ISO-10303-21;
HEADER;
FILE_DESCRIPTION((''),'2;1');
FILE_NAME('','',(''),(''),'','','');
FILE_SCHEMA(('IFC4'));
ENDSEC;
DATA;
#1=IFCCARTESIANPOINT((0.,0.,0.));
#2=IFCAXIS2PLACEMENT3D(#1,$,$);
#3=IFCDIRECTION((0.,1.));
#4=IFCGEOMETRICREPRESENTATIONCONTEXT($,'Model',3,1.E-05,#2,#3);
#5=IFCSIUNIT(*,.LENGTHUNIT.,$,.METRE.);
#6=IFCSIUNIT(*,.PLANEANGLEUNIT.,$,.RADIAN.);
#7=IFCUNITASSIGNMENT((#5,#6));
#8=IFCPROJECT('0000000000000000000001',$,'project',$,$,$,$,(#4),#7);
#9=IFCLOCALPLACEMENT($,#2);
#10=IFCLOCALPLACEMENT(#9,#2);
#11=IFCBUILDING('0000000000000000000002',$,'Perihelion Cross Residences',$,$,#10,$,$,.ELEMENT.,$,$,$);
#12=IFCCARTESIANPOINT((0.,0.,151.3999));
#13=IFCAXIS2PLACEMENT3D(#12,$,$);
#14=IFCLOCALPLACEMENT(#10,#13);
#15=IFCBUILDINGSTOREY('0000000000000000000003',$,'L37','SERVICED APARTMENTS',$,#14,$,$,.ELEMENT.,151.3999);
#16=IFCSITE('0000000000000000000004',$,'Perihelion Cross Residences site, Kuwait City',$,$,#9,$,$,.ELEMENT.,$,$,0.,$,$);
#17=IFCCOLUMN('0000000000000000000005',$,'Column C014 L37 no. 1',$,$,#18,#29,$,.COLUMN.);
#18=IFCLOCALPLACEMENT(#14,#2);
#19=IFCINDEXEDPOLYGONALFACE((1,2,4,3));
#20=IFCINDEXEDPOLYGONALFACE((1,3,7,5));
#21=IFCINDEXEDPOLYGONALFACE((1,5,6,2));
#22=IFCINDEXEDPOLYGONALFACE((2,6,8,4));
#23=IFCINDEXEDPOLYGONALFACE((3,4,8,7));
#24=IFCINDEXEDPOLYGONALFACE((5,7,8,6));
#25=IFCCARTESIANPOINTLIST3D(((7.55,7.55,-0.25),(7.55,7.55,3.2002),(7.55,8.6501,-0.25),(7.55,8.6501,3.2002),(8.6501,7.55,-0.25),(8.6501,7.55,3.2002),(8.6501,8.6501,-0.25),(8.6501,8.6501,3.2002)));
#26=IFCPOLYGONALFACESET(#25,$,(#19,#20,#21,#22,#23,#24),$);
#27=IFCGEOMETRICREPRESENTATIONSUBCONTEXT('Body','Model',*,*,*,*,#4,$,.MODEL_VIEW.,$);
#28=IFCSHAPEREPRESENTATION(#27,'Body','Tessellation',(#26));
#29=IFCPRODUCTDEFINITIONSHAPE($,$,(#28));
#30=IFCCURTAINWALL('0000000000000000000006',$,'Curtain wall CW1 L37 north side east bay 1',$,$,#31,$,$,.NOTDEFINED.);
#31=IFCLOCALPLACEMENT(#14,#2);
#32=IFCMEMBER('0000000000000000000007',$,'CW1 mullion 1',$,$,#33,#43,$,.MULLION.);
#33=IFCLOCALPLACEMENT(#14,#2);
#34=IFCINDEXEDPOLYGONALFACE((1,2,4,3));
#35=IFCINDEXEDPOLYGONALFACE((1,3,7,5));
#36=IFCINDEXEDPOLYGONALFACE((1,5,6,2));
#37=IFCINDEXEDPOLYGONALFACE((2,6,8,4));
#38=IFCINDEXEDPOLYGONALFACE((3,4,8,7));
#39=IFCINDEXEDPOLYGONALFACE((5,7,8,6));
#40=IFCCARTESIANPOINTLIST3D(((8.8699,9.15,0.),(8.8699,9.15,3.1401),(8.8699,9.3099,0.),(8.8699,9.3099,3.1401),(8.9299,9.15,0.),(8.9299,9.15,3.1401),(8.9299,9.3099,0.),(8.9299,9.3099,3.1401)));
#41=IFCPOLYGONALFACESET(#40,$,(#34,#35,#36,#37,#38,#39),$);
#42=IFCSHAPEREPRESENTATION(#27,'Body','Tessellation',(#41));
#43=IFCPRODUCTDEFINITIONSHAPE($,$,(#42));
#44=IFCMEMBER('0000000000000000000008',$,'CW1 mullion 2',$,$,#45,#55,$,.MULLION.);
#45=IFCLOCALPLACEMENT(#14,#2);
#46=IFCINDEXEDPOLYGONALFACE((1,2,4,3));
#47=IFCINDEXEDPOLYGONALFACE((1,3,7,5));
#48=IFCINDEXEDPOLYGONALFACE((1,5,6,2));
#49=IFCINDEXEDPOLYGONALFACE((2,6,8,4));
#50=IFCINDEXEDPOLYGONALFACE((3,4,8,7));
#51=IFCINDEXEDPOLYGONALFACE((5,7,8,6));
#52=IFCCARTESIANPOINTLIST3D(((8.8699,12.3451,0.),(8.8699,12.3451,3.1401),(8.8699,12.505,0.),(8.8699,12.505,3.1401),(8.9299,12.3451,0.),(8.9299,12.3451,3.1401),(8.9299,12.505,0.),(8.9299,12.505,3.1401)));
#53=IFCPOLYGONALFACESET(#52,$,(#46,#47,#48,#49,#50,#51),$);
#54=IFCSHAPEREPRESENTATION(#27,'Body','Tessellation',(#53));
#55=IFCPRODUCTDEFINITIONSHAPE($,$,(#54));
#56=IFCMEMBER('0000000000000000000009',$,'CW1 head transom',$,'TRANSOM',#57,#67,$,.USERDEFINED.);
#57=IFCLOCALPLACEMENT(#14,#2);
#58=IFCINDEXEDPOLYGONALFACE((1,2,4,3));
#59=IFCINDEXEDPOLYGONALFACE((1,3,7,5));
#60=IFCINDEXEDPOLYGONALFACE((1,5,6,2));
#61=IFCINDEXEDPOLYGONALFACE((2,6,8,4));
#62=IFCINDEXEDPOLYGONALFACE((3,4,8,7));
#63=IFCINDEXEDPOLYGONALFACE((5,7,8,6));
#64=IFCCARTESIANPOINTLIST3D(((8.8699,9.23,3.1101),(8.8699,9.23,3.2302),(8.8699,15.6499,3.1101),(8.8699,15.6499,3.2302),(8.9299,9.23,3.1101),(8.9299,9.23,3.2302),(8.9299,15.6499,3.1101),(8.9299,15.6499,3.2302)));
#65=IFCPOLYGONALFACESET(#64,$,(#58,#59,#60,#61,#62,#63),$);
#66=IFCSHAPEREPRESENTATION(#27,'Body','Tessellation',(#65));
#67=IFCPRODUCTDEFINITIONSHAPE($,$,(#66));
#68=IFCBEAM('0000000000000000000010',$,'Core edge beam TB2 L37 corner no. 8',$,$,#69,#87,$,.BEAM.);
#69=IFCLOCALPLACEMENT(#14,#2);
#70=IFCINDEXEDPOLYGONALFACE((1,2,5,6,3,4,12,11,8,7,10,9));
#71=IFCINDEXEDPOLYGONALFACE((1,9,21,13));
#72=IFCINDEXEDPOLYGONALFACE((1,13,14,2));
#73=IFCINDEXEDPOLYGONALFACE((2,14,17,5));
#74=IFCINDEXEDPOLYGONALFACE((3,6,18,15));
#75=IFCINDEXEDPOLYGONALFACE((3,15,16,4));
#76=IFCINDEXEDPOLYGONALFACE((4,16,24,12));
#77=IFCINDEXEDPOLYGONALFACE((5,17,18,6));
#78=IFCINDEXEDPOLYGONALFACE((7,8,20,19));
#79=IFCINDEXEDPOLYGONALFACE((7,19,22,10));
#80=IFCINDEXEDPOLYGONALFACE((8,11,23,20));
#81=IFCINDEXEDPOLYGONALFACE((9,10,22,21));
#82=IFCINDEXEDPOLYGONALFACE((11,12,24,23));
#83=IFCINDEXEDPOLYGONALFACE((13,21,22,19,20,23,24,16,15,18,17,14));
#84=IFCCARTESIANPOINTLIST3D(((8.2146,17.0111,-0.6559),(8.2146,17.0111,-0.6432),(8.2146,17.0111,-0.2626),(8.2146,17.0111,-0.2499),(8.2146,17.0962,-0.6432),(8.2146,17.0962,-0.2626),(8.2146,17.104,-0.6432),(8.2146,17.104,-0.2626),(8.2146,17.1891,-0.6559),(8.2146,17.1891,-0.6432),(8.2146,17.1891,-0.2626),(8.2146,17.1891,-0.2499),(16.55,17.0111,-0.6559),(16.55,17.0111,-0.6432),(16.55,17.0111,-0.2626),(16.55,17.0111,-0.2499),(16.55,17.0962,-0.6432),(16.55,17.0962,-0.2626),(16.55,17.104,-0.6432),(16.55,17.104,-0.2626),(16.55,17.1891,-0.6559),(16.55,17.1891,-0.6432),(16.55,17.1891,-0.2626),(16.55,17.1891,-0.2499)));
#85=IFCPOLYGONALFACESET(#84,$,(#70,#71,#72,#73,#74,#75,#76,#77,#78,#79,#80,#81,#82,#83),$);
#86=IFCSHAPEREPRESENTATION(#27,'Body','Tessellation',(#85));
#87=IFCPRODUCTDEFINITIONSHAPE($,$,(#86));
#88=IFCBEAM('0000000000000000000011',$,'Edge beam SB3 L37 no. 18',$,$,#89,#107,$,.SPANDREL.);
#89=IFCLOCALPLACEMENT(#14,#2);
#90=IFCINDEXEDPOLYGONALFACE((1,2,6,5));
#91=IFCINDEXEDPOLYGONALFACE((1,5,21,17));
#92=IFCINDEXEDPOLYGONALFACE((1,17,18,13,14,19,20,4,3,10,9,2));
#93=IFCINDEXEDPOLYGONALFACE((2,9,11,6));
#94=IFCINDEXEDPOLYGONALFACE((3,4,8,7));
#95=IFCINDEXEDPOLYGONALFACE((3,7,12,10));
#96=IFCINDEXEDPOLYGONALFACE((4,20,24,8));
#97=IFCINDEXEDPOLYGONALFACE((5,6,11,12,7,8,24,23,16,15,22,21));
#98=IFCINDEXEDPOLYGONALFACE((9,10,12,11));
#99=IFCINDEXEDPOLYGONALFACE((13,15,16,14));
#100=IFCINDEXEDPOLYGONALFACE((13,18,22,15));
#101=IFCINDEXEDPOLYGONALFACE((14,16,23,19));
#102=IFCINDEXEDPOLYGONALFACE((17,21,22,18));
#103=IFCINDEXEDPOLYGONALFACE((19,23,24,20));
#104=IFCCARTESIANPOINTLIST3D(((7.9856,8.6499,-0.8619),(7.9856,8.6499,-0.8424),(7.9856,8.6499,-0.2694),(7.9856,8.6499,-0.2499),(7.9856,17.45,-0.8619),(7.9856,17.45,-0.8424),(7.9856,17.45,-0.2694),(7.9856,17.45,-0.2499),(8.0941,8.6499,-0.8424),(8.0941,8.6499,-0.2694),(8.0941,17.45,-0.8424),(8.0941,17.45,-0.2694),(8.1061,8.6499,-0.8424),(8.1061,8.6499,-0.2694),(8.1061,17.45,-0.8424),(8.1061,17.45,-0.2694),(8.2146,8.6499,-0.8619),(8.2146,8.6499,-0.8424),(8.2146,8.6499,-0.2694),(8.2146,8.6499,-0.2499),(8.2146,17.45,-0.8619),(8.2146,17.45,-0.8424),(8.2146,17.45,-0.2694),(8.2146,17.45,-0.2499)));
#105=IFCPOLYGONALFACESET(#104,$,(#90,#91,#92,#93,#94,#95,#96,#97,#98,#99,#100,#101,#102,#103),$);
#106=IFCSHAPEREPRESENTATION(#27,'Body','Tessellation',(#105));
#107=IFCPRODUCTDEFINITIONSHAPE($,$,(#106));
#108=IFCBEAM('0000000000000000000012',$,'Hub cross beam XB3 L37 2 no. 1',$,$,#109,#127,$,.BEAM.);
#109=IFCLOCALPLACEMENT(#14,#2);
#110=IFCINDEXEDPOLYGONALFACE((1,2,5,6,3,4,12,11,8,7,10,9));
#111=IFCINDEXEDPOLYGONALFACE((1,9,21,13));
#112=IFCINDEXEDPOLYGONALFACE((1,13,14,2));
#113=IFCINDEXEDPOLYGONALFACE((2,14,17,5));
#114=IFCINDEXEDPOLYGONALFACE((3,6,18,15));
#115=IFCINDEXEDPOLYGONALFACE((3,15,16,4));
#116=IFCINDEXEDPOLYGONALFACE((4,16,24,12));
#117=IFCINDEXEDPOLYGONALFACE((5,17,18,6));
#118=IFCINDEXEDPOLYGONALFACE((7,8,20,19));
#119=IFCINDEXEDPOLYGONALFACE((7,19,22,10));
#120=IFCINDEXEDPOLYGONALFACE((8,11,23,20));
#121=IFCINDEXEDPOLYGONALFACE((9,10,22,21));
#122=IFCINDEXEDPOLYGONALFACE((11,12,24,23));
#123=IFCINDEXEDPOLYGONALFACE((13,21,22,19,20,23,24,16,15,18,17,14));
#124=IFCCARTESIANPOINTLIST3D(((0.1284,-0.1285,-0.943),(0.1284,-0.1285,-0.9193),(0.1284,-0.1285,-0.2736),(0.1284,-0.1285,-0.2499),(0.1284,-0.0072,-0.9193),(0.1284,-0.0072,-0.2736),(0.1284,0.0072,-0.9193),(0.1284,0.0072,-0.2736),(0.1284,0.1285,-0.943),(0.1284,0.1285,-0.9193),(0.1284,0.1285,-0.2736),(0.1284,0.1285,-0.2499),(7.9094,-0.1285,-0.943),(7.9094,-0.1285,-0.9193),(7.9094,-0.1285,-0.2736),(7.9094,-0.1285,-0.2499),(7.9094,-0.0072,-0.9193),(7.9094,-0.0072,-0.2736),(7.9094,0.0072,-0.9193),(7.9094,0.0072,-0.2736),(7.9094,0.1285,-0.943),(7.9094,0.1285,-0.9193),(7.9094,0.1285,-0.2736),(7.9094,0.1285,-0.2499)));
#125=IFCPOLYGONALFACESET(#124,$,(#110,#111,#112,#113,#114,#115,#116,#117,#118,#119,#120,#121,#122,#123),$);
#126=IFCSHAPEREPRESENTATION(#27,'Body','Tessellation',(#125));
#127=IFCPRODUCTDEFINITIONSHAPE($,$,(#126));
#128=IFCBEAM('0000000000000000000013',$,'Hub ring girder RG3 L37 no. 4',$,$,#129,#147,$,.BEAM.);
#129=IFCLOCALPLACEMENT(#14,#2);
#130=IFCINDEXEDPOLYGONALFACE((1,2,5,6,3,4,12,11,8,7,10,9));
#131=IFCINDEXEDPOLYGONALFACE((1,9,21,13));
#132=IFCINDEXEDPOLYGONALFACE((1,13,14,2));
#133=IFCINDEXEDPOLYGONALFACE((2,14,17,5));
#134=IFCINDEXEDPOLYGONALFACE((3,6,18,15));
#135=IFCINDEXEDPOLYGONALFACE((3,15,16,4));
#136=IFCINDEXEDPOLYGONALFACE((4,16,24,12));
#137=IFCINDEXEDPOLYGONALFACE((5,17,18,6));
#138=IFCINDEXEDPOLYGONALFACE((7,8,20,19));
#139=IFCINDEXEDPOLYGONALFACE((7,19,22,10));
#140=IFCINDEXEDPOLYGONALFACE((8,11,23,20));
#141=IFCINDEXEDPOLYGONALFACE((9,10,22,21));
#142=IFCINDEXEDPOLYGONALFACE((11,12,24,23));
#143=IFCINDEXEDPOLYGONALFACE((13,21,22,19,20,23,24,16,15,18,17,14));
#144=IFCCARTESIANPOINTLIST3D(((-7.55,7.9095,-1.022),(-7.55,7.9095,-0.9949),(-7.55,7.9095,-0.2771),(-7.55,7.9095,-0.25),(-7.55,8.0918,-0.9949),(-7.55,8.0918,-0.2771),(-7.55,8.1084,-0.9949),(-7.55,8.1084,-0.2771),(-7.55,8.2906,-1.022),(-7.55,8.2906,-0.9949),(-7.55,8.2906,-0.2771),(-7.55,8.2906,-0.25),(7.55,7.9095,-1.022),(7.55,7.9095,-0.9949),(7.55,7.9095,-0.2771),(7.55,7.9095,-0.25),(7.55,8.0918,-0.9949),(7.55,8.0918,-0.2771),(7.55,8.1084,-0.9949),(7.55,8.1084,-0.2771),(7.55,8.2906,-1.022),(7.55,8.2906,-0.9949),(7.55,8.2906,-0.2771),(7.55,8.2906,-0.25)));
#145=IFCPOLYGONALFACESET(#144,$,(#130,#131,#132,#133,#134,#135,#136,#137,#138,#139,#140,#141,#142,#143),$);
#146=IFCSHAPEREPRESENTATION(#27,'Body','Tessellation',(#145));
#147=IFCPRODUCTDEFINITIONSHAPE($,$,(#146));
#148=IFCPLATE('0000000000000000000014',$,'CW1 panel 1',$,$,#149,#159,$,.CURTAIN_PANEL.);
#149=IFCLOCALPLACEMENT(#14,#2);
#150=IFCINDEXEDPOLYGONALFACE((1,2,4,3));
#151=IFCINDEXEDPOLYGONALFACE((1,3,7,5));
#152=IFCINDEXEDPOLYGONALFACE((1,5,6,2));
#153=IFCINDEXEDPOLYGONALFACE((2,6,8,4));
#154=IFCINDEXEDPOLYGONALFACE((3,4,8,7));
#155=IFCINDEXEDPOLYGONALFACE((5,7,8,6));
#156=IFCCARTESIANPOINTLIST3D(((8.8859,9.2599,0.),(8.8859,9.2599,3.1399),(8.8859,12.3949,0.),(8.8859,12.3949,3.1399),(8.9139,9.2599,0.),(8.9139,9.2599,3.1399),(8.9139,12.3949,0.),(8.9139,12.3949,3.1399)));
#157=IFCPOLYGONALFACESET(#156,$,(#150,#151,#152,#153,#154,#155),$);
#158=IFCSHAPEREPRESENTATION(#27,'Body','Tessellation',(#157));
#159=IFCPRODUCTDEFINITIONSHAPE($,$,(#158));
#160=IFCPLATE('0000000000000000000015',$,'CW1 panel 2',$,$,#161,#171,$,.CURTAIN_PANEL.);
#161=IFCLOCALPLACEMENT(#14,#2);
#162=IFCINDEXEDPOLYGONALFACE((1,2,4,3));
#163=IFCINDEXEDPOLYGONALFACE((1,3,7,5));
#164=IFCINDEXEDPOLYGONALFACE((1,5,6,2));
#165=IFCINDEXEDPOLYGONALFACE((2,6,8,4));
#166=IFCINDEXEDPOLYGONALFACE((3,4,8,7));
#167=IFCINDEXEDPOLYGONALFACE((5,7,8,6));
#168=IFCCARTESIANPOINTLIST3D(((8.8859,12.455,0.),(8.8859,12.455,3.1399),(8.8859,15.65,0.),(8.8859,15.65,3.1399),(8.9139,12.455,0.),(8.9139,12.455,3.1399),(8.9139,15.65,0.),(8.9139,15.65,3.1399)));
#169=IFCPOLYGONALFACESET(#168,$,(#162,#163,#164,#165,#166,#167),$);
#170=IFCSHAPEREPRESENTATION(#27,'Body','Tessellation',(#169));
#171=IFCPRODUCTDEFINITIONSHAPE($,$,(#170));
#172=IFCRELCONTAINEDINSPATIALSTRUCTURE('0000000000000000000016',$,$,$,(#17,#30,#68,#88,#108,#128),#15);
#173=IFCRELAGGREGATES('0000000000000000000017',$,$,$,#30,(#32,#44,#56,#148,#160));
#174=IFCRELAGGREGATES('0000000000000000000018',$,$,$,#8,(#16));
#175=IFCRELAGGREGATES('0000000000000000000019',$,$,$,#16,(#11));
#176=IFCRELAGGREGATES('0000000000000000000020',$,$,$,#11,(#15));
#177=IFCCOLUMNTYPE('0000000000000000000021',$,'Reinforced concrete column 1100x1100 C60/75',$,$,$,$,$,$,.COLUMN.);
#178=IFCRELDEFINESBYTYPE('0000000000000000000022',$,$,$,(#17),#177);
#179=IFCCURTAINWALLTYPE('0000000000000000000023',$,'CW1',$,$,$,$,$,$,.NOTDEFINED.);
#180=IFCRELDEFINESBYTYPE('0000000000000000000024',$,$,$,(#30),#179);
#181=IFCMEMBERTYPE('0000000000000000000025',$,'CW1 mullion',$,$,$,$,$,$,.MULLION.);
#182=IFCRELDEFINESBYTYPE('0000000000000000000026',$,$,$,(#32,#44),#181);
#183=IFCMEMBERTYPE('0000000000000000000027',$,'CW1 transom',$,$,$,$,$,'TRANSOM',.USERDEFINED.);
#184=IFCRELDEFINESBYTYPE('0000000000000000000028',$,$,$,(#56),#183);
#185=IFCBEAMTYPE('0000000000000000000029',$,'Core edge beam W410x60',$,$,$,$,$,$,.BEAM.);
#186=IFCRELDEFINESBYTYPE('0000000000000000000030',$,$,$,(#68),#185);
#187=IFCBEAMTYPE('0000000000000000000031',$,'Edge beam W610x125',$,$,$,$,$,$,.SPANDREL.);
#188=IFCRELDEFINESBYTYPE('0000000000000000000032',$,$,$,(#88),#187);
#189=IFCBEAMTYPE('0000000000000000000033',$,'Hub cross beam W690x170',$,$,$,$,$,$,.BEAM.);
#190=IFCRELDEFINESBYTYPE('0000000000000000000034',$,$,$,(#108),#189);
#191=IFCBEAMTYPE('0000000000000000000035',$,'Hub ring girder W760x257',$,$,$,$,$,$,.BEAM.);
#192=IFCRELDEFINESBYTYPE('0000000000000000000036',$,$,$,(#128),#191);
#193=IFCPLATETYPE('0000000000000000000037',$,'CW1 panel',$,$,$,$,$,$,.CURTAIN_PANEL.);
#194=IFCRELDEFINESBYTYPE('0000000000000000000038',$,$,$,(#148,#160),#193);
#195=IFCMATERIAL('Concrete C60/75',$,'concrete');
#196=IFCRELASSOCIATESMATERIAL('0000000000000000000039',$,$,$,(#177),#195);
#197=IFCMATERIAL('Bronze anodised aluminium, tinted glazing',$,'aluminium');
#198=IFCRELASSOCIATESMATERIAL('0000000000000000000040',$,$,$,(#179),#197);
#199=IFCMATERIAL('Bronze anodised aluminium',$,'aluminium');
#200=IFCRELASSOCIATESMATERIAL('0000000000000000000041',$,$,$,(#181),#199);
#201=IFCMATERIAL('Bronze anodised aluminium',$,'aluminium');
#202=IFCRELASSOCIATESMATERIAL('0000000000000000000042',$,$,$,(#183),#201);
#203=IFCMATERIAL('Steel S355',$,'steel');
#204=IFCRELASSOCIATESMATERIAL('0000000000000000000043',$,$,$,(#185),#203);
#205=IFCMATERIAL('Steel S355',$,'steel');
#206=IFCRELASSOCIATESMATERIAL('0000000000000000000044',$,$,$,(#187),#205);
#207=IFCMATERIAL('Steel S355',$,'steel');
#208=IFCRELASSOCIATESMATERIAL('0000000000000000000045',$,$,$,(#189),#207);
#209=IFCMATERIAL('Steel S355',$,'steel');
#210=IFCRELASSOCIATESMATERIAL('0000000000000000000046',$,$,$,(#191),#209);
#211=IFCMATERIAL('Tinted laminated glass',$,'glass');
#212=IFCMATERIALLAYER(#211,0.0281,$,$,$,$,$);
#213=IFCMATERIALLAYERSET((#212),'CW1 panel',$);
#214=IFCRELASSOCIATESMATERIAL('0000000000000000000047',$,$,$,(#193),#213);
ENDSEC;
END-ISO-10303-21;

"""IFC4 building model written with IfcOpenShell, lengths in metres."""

from ifc_helpers import new_model, si_unit, direction, frame, origin, origin_2d, place, context, subcontext, project, spatial, rectangle, i_section, extrude, material, layer, layer_set, material_profile, profile_set, type_object, element, aggregate, save


model = new_model("IFC4")

# Units and contexts
model_context = context("Model", 3, precision=1e-05, world=origin(), true_north=direction((0.0, 1.0)))
body_context = subcontext(model_context, "Body", "Model", "MODEL_VIEW")
ifc_project = project(units=[si_unit("LENGTHUNIT", "METRE"), si_unit("PLANEANGLEUNIT", "RADIAN")], contexts=[model_context])

# Site, building, storey
site_placement = place(None, origin())
site = spatial("IfcSite", under=ifc_project, at=site_placement, Name="Perihelion Cross Residences site, Kuwait City", CompositionType="ELEMENT", RefElevation=0.0)
building_placement = place(site_placement, origin())
building = spatial("IfcBuilding", under=site, at=building_placement, Name="Perihelion Cross Residences", CompositionType="ELEMENT")
storey_placement = place(building_placement, frame((0.0, 0.0, 151.3999)))
storey = spatial("IfcBuildingStorey", under=building, at=storey_placement, Name="L37", Description="SERVICED APARTMENTS", CompositionType="ELEMENT", Elevation=151.3999)

# Column
ifc_material_1 = material(Name="Concrete C60/75", Category="concrete")
ifc_material_profile_1 = material_profile(ifc_material_1, rectangle(XDim=1.1001, YDim=1.1001, at=origin_2d()), Name="RC 1100x1100")
ifc_profile_set_1 = profile_set([ifc_material_profile_1], Name="Concrete C60/75")
column_type = type_object("IfcColumnType", Name="Reinforced concrete column 1100x1100 C60/75", PredefinedType="COLUMN", material=ifc_profile_set_1)
column_placement = place(storey_placement, frame((8.1001, 8.1001, -0.25), z_axis=(0.0, 0.0, 1.0), x_axis=(1.0, 0.0, 0.0)))
element("IfcColumn", 1, at=column_placement, inside=storey, type_object=column_type, Name="Column C014 L37 no. 1", PredefinedType="COLUMN", context=body_context, shape_type="SweptSolid", body=[
    extrude(rectangle(XDim=1.1001, YDim=1.1001, at=origin_2d()), origin(), (0.0, 0.0, 1.0), 3.4502),
])

# Curtain wall, members
ifc_material_2 = material(Name="Bronze anodised aluminium, tinted glazing", Category="aluminium")
curtain_wall_type = type_object("IfcCurtainWallType", Name="CW1", PredefinedType="NOTDEFINED", material=ifc_material_2)
curtain_wall_placement = place(storey_placement, origin())
curtain_wall = element("IfcCurtainWall", 2, at=curtain_wall_placement, inside=storey, type_object=curtain_wall_type, Name="Curtain wall CW1 L37 north side east bay 1", PredefinedType="NOTDEFINED")
ifc_material_3 = material(Name="Bronze anodised aluminium", Category="aluminium")
ifc_material_profile_2 = material_profile(ifc_material_3, rectangle(XDim=0.0601, YDim=0.1599, at=origin_2d()), Name="CW1 mullion")
ifc_profile_set_2 = profile_set([ifc_material_profile_2], Name="Bronze anodised aluminium")
member_type_1 = type_object("IfcMemberType", Name="CW1 mullion", PredefinedType="MULLION", material=ifc_profile_set_2)
member_1_placement = place(storey_placement, frame((8.8999, 9.23, 0.0), z_axis=(0.0, 0.0, 1.0), x_axis=(-1.0, 0.0, 0.0)))
member_1 = element("IfcMember", 3, at=member_1_placement, type_object=member_type_1, Name="CW1 mullion 1", PredefinedType="MULLION", context=body_context, shape_type="SweptSolid", body=[
    extrude(rectangle(XDim=0.0601, YDim=0.1599, at=origin_2d()), origin(), (0.0, 0.0, 1.0), 3.1401),
])
member_2_placement = place(storey_placement, frame((8.8999, 12.425, 0.0), z_axis=(0.0, 0.0, 1.0), x_axis=(-1.0, 0.0, 0.0)))
member_2 = element("IfcMember", 4, at=member_2_placement, type_object=member_type_1, Name="CW1 mullion 2", PredefinedType="MULLION", context=body_context, shape_type="SweptSolid", body=[
    extrude(rectangle(XDim=0.0601, YDim=0.1599, at=origin_2d()), origin(), (0.0, 0.0, 1.0), 3.1401),
])
ifc_material_4 = material(Name="Bronze anodised aluminium", Category="aluminium")
ifc_material_profile_3 = material_profile(ifc_material_4, rectangle(XDim=0.0601, YDim=0.1201, at=origin_2d()), Name="CW1 transom")
ifc_profile_set_3 = profile_set([ifc_material_profile_3], Name="Bronze anodised aluminium")
member_type_2 = type_object("IfcMemberType", Name="CW1 transom", ElementType="TRANSOM", PredefinedType="USERDEFINED", material=ifc_profile_set_3)
member_3_placement = place(storey_placement, frame((8.8999, 9.23, 3.1702), z_axis=(0.0, 1.0, 0.0), x_axis=(-1.0, 0.0, 0.0)))
member_3 = element("IfcMember", 5, at=member_3_placement, type_object=member_type_2, Name="CW1 head transom", ObjectType="TRANSOM", PredefinedType="USERDEFINED", context=body_context, shape_type="SweptSolid", body=[
    extrude(rectangle(XDim=0.0601, YDim=0.1201, at=origin_2d()), origin(), (0.0, 0.0, 1.0), 6.4199),
])

# Beams
ifc_material_5 = material(Name="Steel S355", Category="steel")
ifc_material_profile_4 = material_profile(ifc_material_5, i_section(OverallWidth=0.178, OverallDepth=0.406, WebThickness=0.0078, FlangeThickness=0.0127, at=origin_2d()), Name="W410x60")
ifc_profile_set_4 = profile_set([ifc_material_profile_4], Name="Steel S355")
beam_type_1 = type_object("IfcBeamType", Name="Core edge beam W410x60", PredefinedType="BEAM", material=ifc_profile_set_4)
beam_1_placement = place(storey_placement, frame((8.2146, 17.1001, -0.4529), z_axis=(1.0, 0.0, 0.0), x_axis=(0.0, 1.0, 0.0)))
element("IfcBeam", 6, at=beam_1_placement, inside=storey, type_object=beam_type_1, Name="Core edge beam TB2 L37 corner no. 8", PredefinedType="BEAM", context=body_context, shape_type="SweptSolid", body=[
    extrude(i_section(OverallWidth=0.178, OverallDepth=0.406, WebThickness=0.0078, FlangeThickness=0.0127, at=origin_2d()), origin(), (0.0, 0.0, 1.0), 8.3354),
])
ifc_material_6 = material(Name="Steel S355", Category="steel")
ifc_material_profile_5 = material_profile(ifc_material_6, i_section(OverallWidth=0.229, OverallDepth=0.6121, WebThickness=0.012, FlangeThickness=0.0195, at=origin_2d()), Name="W610x125")
ifc_profile_set_5 = profile_set([ifc_material_profile_5], Name="Steel S355")
beam_type_2 = type_object("IfcBeamType", Name="Edge beam W610x125", PredefinedType="SPANDREL", material=ifc_profile_set_5)
beam_2_placement = place(storey_placement, frame((8.1001, 8.6499, -0.5559), z_axis=(0.0, 1.0, 0.0), x_axis=(-1.0, 0.0, 0.0)))
element("IfcBeam", 7, at=beam_2_placement, inside=storey, type_object=beam_type_2, Name="Edge beam SB3 L37 no. 18", PredefinedType="SPANDREL", context=body_context, shape_type="SweptSolid", body=[
    extrude(i_section(OverallWidth=0.229, OverallDepth=0.6121, WebThickness=0.012, FlangeThickness=0.0195, at=origin_2d()), origin(), (0.0, 0.0, 1.0), 8.8),
])
ifc_material_7 = material(Name="Steel S355", Category="steel")
ifc_material_profile_6 = material_profile(ifc_material_7, i_section(OverallWidth=0.2571, OverallDepth=0.6931, WebThickness=0.0144, FlangeThickness=0.0237, at=origin_2d()), Name="W690x170")
ifc_profile_set_6 = profile_set([ifc_material_profile_6], Name="Steel S355")
beam_type_3 = type_object("IfcBeamType", Name="Hub cross beam W690x170", PredefinedType="BEAM", material=ifc_profile_set_6)
beam_3_placement = place(storey_placement, frame((0.1284, 0.0, -0.5964), z_axis=(1.0, 0.0, 0.0), x_axis=(0.0, 1.0, 0.0)))
element("IfcBeam", 8, at=beam_3_placement, inside=storey, type_object=beam_type_3, Name="Hub cross beam XB3 L37 2 no. 1", PredefinedType="BEAM", context=body_context, shape_type="SweptSolid", body=[
    extrude(i_section(OverallWidth=0.2571, OverallDepth=0.6931, WebThickness=0.0144, FlangeThickness=0.0237, at=origin_2d()), origin(), (0.0, 0.0, 1.0), 7.781),
])
ifc_material_8 = material(Name="Steel S355", Category="steel")
ifc_material_profile_7 = material_profile(ifc_material_8, i_section(OverallWidth=0.3811, OverallDepth=0.772, WebThickness=0.0166, FlangeThickness=0.0271, at=origin_2d()), Name="W760x257")
ifc_profile_set_7 = profile_set([ifc_material_profile_7], Name="Steel S355")
beam_type_4 = type_object("IfcBeamType", Name="Hub ring girder W760x257", PredefinedType="BEAM", material=ifc_profile_set_7)
beam_4_placement = place(storey_placement, frame((7.55, 8.1001, -0.636), z_axis=(-1.0, 0.0, 0.0), x_axis=(0.0, -1.0, 0.0)))
element("IfcBeam", 9, at=beam_4_placement, inside=storey, type_object=beam_type_4, Name="Hub ring girder RG3 L37 no. 4", PredefinedType="BEAM", context=body_context, shape_type="SweptSolid", body=[
    extrude(i_section(OverallWidth=0.3811, OverallDepth=0.772, WebThickness=0.0166, FlangeThickness=0.0271, at=origin_2d()), origin(), (0.0, 0.0, 1.0), 15.1001),
])

# Plates
ifc_material_9 = material(Name="Tinted laminated glass", Category="glass")
ifc_layer_1 = layer(ifc_material_9, 0.0281)
ifc_layer_set_1 = layer_set([ifc_layer_1], Name="CW1 panel")
plate_type = type_object("IfcPlateType", Name="CW1 panel", PredefinedType="CURTAIN_PANEL", material=ifc_layer_set_1)
plate_1_placement = place(storey_placement, frame((8.8999, 10.8274, 0.0), z_axis=(0.0, 0.0, 1.0), x_axis=(0.0, 1.0, 0.0)))
plate_1 = element("IfcPlate", 10, at=plate_1_placement, type_object=plate_type, Name="CW1 panel 1", PredefinedType="CURTAIN_PANEL", context=body_context, shape_type="SweptSolid", body=[
    extrude(rectangle(XDim=3.135, YDim=0.0281, at=origin_2d()), origin(), (0.0, 0.0, 1.0), 3.1399),
])
plate_2_placement = place(storey_placement, frame((8.8999, 14.0525, 0.0), z_axis=(0.0, 0.0, 1.0), x_axis=(0.0, 1.0, 0.0)))
plate_2 = element("IfcPlate", 11, at=plate_2_placement, type_object=plate_type, Name="CW1 panel 2", PredefinedType="CURTAIN_PANEL", context=body_context, shape_type="SweptSolid", body=[
    extrude(rectangle(XDim=3.1951, YDim=0.0281, at=origin_2d()), origin(), (0.0, 0.0, 1.0), 3.1399),
])
aggregate(curtain_wall, [member_1, member_2, member_3, plate_1, plate_2])

save(model, "model.ifc")
